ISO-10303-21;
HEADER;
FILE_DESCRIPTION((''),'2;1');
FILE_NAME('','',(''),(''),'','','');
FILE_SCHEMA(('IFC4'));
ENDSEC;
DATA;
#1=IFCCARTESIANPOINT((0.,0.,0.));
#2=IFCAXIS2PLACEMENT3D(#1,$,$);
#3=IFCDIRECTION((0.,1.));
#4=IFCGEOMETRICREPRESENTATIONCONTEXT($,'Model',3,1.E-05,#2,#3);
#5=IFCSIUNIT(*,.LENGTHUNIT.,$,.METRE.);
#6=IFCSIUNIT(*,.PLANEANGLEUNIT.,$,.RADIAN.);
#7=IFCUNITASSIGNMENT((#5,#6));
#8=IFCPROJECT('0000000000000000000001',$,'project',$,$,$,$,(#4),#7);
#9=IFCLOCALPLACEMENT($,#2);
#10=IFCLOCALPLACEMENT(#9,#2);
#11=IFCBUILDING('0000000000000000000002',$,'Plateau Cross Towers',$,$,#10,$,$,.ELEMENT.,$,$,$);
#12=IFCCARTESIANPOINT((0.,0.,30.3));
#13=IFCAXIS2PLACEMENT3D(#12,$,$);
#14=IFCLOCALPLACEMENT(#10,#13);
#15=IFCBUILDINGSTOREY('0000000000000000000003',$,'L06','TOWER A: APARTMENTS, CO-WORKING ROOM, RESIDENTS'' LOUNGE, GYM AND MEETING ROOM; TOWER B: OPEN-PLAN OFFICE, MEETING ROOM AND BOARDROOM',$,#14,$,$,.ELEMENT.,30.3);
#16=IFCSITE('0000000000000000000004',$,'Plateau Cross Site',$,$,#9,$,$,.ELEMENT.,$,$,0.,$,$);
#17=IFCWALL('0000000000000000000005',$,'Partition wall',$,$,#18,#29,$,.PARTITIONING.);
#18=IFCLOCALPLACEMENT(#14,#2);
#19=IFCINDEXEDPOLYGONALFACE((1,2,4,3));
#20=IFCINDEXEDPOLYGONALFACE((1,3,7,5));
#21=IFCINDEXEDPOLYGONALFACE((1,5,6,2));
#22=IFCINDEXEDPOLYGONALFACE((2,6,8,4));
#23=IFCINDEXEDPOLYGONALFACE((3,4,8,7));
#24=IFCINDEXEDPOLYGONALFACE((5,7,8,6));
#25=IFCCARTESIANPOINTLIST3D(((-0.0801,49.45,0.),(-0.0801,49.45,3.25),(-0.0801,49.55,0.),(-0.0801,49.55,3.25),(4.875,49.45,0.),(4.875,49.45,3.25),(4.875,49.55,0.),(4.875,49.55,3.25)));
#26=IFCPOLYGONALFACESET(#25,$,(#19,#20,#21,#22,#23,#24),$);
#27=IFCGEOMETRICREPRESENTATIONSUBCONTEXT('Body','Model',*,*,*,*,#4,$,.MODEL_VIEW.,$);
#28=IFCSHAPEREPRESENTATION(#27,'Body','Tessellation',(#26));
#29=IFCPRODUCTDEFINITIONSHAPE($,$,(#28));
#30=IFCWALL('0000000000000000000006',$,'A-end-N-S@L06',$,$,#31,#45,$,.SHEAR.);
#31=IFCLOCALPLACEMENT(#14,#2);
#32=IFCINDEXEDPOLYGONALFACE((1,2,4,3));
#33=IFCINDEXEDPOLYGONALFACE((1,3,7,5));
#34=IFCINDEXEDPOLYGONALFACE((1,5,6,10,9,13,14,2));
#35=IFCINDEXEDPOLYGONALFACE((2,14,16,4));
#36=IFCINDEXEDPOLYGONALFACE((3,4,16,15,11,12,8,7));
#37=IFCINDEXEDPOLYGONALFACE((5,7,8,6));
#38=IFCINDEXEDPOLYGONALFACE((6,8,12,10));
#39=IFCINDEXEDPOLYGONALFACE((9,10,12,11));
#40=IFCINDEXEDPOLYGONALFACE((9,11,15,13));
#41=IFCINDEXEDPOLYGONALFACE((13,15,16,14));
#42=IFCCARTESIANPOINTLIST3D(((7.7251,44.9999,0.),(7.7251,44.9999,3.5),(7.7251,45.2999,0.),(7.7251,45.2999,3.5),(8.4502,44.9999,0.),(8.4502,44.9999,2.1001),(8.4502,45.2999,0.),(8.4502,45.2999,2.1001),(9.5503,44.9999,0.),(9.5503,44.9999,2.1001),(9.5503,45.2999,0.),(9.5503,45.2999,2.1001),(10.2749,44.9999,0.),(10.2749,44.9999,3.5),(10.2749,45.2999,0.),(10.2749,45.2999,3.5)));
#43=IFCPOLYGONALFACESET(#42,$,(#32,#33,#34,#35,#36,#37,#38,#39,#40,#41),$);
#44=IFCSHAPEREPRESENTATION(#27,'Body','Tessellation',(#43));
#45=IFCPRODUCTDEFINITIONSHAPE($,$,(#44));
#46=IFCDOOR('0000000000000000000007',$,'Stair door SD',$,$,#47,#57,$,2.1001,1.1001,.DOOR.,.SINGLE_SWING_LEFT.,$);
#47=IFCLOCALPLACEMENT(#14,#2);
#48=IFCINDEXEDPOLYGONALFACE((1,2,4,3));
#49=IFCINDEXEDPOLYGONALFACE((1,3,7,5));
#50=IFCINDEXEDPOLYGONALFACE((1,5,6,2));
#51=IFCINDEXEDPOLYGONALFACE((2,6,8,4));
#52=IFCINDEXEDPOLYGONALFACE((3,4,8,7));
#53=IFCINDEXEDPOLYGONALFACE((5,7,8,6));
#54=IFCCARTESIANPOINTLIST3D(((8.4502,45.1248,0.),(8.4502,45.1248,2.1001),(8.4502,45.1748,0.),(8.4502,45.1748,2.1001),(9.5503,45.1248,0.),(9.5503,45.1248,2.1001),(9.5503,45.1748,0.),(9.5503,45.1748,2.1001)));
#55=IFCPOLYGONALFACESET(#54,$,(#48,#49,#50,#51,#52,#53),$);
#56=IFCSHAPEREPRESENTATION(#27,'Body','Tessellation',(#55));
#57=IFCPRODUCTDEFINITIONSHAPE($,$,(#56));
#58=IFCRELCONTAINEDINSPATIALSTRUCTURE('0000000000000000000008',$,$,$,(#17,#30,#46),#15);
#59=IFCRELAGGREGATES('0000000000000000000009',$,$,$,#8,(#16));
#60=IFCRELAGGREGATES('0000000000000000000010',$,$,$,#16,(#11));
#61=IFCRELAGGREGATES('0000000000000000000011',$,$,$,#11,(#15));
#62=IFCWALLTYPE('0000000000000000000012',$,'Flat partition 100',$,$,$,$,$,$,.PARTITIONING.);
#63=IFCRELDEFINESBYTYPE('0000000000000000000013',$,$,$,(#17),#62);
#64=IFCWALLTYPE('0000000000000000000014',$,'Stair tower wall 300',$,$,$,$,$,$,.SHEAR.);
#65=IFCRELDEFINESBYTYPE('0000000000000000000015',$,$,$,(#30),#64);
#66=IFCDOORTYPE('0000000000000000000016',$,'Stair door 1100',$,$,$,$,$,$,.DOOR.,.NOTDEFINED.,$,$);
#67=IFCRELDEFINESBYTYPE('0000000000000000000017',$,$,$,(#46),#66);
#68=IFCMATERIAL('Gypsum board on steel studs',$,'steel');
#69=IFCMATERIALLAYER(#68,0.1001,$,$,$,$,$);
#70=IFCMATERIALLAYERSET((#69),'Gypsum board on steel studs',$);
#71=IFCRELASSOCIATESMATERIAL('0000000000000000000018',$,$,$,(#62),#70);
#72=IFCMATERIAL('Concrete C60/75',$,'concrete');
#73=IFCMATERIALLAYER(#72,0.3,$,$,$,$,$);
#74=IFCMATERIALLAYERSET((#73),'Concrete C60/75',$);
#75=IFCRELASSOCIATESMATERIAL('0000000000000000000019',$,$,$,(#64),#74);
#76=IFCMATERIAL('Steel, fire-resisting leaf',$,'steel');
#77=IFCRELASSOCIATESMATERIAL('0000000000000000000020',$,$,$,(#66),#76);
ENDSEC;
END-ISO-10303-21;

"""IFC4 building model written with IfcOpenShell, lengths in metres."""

from ifc_helpers import new_model, si_unit, direction, frame, frame_2d, origin, place, context, subcontext, project, spatial, rectangle, extrude, material, layer, layer_set, type_object, element, fill, save


model = new_model("IFC4")

# Units and contexts
model_context = context("Model", 3, precision=1e-05, world=origin(), true_north=direction((0.0, 1.0)))
body_context = subcontext(model_context, "Body", "Model", "MODEL_VIEW")
ifc_project = project(units=[si_unit("LENGTHUNIT", "METRE"), si_unit("PLANEANGLEUNIT", "RADIAN")], contexts=[model_context])

# Site, building, storey
site_placement = place(None, origin())
site = spatial("IfcSite", under=ifc_project, at=site_placement, Name="Plateau Cross Site", CompositionType="ELEMENT", RefElevation=0.0)
building_placement = place(site_placement, origin())
building = spatial("IfcBuilding", under=site, at=building_placement, Name="Plateau Cross Towers", CompositionType="ELEMENT")
storey_placement = place(building_placement, frame((0.0, 0.0, 30.3)))
storey = spatial("IfcBuildingStorey", under=building, at=storey_placement, Name="L06", Description="TOWER A: APARTMENTS, CO-WORKING ROOM, RESIDENTS' LOUNGE, GYM AND MEETING ROOM; TOWER B: OPEN-PLAN OFFICE, MEETING ROOM AND BOARDROOM", CompositionType="ELEMENT", Elevation=30.3)

# Shared definitions
ifc_material_1 = material(Name="Concrete C60/75", Category="concrete")

# Wall
ifc_material_2 = material(Name="Gypsum board on steel studs", Category="steel")
ifc_layer_1 = layer(ifc_material_2, 0.1001)
ifc_layer_set_1 = layer_set([ifc_layer_1], Name="Gypsum board on steel studs")
wall_type_1 = type_object("IfcWallType", Name="Flat partition 100", PredefinedType="PARTITIONING", material=ifc_layer_set_1)
wall_1_placement = place(storey_placement, frame((4.875, 49.5, 0.0), z_axis=(0.0, 0.0, 1.0), x_axis=(-1.0, 0.0, 0.0)))
element("IfcWall", 1, at=wall_1_placement, inside=storey, type_object=wall_type_1, Name="Partition wall", PredefinedType="PARTITIONING", context=body_context, shape_type="SweptSolid", body=[
    extrude(rectangle(XDim=4.9551, YDim=0.1001, at=frame_2d((2.4775, 0.0))), origin(), (0.0, 0.0, 1.0), 3.25),
])

# Wall, opening, door
ifc_layer_2 = layer(ifc_material_1, 0.3)
ifc_layer_set_2 = layer_set([ifc_layer_2], Name="Concrete C60/75")
wall_type_2 = type_object("IfcWallType", Name="Stair tower wall 300", PredefinedType="SHEAR", material=ifc_layer_set_2)
wall_2_placement = place(storey_placement, frame((7.7251, 45.1499, 0.0), z_axis=(0.0, 0.0, 1.0), x_axis=(1.0, 0.0, 0.0)))
wall_2 = element("IfcWall", 2, at=wall_2_placement, inside=storey, type_object=wall_type_2, Name="A-end-N-S@L06", PredefinedType="SHEAR", context=body_context, shape_type="SweptSolid", body=[
    extrude(rectangle(XDim=2.5498, YDim=0.3, at=frame_2d((1.2749, 0.0))), origin(), (0.0, 0.0, 1.0), 3.5),
])
opening_placement = place(wall_2_placement, frame((0.7251, 0.0, 0.0)))
opening = element("IfcOpeningElement", 3, at=opening_placement, cuts=wall_2, PredefinedType="OPENING", context=body_context, shape_type="SweptSolid", body=[
    extrude(rectangle(XDim=1.1001, YDim=2.1001, at=frame_2d((0.55, 1.05))), frame((0.0, 0.1599, 0.0), z_axis=(0.0, -1.0, 0.0), x_axis=(1.0, 0.0, 0.0)), (0.0, 0.0, 1.0), 0.3201),
])
ifc_material_3 = material(Name="Steel, fire-resisting leaf", Category="steel")
door_type = type_object("IfcDoorType", Name="Stair door 1100", OperationType="NOTDEFINED", PredefinedType="DOOR", material=ifc_material_3)
door_placement = place(opening_placement, origin())
door = element("IfcDoor", 4, at=door_placement, inside=storey, type_object=door_type, Name="Stair door SD", OperationType="SINGLE_SWING_LEFT", OverallHeight=2.1001, OverallWidth=1.1001, PredefinedType="DOOR", context=body_context, shape_type="SweptSolid", body=[
    extrude(rectangle(XDim=1.1001, YDim=2.1001, at=frame_2d((0.55, 1.05))), frame((0.0, 0.0249, 0.0), z_axis=(0.0, -1.0, 0.0), x_axis=(1.0, 0.0, 0.0)), (0.0, 0.0, 1.0), 0.05),
])
fill(opening, door)

save(model, "model.ifc")
